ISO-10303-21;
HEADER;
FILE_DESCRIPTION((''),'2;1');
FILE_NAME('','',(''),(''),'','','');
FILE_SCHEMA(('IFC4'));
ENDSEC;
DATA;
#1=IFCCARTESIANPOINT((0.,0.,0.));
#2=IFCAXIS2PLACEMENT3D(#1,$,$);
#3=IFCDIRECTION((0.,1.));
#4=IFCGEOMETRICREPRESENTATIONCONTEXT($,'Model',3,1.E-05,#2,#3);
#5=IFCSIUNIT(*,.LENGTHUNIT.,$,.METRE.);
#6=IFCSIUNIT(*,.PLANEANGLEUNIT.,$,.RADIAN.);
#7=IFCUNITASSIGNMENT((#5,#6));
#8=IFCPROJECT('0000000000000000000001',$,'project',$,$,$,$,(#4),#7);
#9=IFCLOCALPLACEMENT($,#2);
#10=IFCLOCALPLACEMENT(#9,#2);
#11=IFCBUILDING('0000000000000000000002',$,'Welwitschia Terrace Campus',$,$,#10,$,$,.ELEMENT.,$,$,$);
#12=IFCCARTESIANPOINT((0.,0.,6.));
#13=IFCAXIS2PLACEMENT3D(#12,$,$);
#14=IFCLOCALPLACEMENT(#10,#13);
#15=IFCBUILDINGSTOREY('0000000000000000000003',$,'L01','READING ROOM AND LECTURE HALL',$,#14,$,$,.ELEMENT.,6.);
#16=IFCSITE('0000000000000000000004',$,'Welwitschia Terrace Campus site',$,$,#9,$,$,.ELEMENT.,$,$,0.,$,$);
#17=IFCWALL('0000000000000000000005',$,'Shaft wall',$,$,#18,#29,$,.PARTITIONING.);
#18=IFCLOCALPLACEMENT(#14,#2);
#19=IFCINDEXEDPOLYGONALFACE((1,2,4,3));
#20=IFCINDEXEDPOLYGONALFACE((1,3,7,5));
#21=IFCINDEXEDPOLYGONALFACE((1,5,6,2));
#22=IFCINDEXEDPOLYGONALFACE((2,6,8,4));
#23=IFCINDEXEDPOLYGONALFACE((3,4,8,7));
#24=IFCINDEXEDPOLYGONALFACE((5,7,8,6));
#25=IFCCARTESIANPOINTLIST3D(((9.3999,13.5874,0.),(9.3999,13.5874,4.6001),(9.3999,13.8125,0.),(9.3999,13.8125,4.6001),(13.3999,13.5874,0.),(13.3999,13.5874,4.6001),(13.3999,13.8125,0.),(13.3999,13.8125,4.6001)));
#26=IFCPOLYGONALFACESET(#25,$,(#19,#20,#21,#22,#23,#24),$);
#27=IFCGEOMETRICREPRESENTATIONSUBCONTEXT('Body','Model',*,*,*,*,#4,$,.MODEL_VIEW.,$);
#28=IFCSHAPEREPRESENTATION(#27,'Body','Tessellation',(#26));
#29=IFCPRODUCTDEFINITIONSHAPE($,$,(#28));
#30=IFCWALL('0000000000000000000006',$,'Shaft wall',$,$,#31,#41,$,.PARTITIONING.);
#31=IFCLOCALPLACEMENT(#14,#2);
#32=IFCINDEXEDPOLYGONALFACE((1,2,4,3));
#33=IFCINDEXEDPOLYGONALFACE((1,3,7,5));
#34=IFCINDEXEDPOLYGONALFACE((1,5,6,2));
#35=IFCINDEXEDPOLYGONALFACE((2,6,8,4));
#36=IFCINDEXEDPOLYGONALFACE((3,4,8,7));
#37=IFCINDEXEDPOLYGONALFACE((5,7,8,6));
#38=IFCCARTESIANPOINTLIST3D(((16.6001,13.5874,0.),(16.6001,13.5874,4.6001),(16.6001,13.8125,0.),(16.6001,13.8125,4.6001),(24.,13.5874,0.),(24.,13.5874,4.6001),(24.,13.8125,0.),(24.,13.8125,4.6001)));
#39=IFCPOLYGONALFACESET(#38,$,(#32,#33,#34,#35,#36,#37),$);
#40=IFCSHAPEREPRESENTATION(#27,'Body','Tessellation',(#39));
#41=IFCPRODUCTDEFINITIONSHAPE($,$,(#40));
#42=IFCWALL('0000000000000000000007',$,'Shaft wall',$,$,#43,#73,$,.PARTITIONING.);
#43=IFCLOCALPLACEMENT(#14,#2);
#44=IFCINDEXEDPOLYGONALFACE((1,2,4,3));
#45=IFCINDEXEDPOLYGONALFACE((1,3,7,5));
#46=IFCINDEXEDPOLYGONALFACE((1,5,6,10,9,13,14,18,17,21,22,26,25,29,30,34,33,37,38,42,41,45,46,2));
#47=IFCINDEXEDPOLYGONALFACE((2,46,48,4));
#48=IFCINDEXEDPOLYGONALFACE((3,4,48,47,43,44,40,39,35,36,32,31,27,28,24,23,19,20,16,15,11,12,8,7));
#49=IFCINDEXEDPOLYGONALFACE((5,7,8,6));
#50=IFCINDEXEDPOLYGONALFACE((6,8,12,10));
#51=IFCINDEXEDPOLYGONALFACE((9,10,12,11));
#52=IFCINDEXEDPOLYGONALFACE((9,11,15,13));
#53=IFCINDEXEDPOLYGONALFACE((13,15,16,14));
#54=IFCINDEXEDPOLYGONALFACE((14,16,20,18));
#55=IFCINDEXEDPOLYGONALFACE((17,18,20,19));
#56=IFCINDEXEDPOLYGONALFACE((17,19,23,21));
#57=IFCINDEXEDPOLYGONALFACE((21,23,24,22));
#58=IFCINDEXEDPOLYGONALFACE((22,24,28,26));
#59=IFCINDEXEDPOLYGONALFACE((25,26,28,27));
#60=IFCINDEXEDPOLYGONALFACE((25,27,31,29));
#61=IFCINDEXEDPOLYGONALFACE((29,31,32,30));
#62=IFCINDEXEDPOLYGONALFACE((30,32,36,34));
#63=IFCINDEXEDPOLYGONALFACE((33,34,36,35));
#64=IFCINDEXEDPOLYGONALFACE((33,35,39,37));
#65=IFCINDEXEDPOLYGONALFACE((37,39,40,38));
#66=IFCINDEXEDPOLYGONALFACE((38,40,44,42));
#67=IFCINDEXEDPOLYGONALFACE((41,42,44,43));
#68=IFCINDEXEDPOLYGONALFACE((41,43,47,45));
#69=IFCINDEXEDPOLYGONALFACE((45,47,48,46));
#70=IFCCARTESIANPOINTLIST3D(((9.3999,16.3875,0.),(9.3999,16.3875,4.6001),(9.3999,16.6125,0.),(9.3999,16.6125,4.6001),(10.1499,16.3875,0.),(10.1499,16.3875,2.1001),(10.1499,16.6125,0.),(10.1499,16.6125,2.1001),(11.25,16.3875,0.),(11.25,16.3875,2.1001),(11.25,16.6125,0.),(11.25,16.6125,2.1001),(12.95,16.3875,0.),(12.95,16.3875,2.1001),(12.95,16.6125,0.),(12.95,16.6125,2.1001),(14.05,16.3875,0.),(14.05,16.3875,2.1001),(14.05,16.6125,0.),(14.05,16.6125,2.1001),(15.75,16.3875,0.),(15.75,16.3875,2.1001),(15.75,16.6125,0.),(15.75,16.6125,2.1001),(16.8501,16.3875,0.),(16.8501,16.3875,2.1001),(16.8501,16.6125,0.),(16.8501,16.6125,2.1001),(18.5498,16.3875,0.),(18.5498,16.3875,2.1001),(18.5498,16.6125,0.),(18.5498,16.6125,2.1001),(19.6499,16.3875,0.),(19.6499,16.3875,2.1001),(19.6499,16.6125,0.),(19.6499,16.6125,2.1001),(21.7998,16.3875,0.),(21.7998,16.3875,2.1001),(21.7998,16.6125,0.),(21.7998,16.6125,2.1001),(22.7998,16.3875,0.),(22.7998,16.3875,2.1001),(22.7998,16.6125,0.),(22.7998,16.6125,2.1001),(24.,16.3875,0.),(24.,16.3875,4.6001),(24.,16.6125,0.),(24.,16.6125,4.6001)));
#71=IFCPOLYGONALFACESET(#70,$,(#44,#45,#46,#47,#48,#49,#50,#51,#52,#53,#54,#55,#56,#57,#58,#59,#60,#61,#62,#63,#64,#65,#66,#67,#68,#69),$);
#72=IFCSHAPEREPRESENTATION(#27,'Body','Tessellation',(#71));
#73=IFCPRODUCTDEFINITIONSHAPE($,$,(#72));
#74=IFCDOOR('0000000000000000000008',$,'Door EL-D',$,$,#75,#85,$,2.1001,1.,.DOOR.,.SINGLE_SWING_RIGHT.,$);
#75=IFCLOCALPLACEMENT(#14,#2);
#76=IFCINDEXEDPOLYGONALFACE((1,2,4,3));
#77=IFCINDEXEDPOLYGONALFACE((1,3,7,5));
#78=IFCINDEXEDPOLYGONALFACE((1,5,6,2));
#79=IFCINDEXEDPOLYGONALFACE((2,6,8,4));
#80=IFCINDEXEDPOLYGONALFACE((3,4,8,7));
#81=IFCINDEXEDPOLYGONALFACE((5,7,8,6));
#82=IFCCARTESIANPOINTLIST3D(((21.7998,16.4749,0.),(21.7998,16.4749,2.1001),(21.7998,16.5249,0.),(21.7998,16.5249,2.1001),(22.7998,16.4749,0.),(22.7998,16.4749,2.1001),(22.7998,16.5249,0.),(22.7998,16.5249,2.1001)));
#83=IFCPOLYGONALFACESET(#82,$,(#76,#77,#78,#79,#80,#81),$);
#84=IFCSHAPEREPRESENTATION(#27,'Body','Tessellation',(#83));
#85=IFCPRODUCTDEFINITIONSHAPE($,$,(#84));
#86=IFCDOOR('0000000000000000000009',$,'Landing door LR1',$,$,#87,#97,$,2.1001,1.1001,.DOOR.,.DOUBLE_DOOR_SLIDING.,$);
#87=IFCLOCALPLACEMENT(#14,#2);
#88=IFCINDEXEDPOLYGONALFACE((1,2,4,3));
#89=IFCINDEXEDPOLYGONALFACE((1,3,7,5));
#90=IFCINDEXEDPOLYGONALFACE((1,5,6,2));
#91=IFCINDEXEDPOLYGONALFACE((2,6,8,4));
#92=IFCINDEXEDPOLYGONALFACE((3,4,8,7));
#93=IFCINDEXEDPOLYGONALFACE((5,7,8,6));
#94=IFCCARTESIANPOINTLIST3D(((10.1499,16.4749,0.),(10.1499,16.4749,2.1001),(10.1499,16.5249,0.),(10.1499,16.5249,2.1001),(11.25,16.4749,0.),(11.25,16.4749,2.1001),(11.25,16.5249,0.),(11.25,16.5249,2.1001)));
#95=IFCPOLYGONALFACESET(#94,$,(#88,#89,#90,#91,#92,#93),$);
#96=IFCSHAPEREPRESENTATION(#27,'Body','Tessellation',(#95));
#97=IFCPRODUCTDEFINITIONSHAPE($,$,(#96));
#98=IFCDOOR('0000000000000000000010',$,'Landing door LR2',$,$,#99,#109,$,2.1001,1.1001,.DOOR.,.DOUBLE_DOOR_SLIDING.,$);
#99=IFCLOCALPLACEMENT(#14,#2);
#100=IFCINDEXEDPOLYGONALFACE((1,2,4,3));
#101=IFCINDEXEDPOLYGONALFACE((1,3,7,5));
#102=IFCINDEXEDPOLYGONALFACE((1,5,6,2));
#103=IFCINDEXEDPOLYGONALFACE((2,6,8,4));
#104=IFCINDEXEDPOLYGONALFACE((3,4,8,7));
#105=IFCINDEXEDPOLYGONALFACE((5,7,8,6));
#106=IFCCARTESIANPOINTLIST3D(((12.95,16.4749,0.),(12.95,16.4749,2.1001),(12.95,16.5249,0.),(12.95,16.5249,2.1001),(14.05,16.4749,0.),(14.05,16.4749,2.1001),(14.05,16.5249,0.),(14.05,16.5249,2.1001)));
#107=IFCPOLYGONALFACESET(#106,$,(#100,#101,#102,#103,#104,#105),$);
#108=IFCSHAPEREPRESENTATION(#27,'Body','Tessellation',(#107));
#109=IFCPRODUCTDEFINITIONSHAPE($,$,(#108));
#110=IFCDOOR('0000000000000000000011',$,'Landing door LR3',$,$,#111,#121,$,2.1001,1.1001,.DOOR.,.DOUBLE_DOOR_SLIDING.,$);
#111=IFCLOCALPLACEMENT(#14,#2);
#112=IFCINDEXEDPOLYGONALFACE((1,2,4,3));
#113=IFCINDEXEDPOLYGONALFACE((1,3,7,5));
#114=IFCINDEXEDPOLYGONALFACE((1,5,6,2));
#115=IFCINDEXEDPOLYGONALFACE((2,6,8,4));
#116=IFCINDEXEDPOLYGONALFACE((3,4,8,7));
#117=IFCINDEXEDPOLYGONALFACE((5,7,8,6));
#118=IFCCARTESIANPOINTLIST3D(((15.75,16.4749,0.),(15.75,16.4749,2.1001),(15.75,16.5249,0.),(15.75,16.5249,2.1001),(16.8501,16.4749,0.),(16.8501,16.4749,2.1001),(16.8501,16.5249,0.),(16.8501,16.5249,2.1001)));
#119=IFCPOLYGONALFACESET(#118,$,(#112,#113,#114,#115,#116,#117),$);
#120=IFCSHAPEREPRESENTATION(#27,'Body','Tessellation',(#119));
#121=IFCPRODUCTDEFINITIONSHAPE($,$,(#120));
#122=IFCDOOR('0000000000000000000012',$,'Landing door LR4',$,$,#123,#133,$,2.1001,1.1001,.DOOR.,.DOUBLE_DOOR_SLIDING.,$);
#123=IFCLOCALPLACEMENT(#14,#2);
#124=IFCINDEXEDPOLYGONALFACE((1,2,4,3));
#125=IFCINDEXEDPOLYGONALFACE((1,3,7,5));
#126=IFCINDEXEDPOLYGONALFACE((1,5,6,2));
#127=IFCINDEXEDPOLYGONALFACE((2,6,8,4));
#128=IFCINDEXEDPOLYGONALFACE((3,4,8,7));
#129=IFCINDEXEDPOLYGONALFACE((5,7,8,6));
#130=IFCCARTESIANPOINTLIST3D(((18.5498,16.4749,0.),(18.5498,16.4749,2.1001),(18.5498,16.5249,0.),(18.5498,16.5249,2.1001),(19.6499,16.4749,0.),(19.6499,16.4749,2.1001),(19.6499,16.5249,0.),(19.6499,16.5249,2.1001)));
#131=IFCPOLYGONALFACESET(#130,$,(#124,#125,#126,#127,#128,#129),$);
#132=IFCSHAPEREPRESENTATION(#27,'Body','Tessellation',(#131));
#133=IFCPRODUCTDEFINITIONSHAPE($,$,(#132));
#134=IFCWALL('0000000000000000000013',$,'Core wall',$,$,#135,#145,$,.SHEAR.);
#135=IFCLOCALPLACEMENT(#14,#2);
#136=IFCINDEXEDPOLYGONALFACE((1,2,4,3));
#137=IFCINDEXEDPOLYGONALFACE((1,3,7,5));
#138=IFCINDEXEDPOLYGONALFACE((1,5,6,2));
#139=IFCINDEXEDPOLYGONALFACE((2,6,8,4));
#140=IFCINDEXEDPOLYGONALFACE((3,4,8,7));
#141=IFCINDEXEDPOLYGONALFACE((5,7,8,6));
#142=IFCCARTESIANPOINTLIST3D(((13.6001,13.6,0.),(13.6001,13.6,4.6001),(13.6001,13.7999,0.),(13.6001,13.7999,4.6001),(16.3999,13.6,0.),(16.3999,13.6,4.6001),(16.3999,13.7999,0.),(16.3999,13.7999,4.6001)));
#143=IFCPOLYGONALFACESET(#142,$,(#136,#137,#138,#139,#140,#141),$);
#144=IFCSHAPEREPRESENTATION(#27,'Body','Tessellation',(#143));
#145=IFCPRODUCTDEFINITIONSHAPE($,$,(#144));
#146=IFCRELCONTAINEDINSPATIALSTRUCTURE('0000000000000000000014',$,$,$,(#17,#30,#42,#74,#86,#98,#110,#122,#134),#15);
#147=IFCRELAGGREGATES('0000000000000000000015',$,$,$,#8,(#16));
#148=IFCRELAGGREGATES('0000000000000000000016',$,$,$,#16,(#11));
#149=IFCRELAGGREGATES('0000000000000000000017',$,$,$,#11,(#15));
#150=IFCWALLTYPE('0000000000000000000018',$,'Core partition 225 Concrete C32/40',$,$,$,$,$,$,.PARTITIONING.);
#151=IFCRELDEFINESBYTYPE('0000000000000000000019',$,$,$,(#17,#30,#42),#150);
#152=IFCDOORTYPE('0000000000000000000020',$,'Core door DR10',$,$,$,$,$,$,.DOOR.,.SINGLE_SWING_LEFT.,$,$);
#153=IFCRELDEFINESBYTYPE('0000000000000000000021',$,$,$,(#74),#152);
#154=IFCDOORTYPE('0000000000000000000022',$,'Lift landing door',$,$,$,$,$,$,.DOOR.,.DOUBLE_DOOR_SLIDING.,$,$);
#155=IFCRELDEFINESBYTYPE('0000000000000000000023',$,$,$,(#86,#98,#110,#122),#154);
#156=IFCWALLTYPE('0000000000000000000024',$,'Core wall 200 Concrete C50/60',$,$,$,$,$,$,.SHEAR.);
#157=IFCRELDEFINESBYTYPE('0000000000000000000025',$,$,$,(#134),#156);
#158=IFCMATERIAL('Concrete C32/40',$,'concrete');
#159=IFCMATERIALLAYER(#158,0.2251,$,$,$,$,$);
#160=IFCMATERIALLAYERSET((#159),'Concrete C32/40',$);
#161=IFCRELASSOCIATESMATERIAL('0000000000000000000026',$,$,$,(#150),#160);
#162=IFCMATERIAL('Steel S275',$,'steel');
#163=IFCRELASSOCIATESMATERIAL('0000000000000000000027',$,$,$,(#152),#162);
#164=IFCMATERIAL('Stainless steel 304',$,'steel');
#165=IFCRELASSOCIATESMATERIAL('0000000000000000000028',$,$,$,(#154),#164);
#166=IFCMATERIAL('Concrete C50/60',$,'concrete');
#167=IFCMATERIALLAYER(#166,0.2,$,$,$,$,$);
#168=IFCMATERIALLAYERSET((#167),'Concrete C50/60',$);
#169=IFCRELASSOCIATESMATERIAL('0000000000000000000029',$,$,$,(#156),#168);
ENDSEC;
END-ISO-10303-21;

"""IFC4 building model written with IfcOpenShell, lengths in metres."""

from ifc_helpers import new_model, si_unit, direction, frame, frame_2d, origin, place, context, subcontext, project, spatial, rectangle, extrude, material, layer, layer_set, type_object, element, fill, save


model = new_model("IFC4")

# Units and contexts
model_context = context("Model", 3, precision=1e-05, world=origin(), true_north=direction((0.0, 1.0)))
body_context = subcontext(model_context, "Body", "Model", "MODEL_VIEW")
ifc_project = project(units=[si_unit("LENGTHUNIT", "METRE"), si_unit("PLANEANGLEUNIT", "RADIAN")], contexts=[model_context])

# Site, building, storey
site_placement = place(None, origin())
site = spatial("IfcSite", under=ifc_project, at=site_placement, Name="Welwitschia Terrace Campus site", CompositionType="ELEMENT", RefElevation=0.0)
building_placement = place(site_placement, origin())
building = spatial("IfcBuilding", under=site, at=building_placement, Name="Welwitschia Terrace Campus", CompositionType="ELEMENT")
storey_placement = place(building_placement, frame((0.0, 0.0, 6.0)))
storey = spatial("IfcBuildingStorey", under=building, at=storey_placement, Name="L01", Description="READING ROOM AND LECTURE HALL", CompositionType="ELEMENT", Elevation=6.0)

# Walls
ifc_material_1 = material(Name="Concrete C32/40", Category="concrete")
ifc_layer_1 = layer(ifc_material_1, 0.2251)
ifc_layer_set_1 = layer_set([ifc_layer_1], Name="Concrete C32/40")
wall_type_1 = type_object("IfcWallType", Name="Core partition 225 Concrete C32/40", PredefinedType="PARTITIONING", material=ifc_layer_set_1)
wall_1_placement = place(storey_placement, frame((9.3999, 13.7, 0.0), z_axis=(0.0, 0.0, 1.0), x_axis=(1.0, 0.0, 0.0)))
element("IfcWall", 1, at=wall_1_placement, inside=storey, type_object=wall_type_1, Name="Shaft wall", PredefinedType="PARTITIONING", context=body_context, shape_type="SweptSolid", body=[
    extrude(rectangle(XDim=4.0, YDim=0.2251, at=frame_2d((2.0, 0.0))), origin(), (0.0, 0.0, 1.0), 4.6001),
])
wall_2_placement = place(storey_placement, frame((16.6001, 13.7, 0.0), z_axis=(0.0, 0.0, 1.0), x_axis=(1.0, 0.0, 0.0)))
element("IfcWall", 2, at=wall_2_placement, inside=storey, type_object=wall_type_1, Name="Shaft wall", PredefinedType="PARTITIONING", context=body_context, shape_type="SweptSolid", body=[
    extrude(rectangle(XDim=7.3999, YDim=0.2251, at=frame_2d((3.7, 0.0))), origin(), (0.0, 0.0, 1.0), 4.6001),
])

# Wall, openings, doors
wall_3_placement = place(storey_placement, frame((9.3999, 16.5, 0.0), z_axis=(0.0, 0.0, 1.0), x_axis=(1.0, 0.0, 0.0)))
wall_3 = element("IfcWall", 3, at=wall_3_placement, inside=storey, type_object=wall_type_1, Name="Shaft wall", PredefinedType="PARTITIONING", context=body_context, shape_type="SweptSolid", body=[
    extrude(rectangle(XDim=14.6001, YDim=0.2251, at=frame_2d((7.3, 0.0))), origin(), (0.0, 0.0, 1.0), 4.6001),
])
opening_1_placement = place(wall_3_placement, frame((0.75, 0.0, 0.0)))
opening_1 = element("IfcOpeningElement", 4, at=opening_1_placement, cuts=wall_3, PredefinedType="OPENING", context=body_context, shape_type="SweptSolid", body=[
    extrude(rectangle(XDim=1.1001, YDim=2.1001, at=frame_2d((0.55, 1.05))), frame((0.0, 0.1226, 0.0), z_axis=(0.0, -1.0, 0.0), x_axis=(1.0, 0.0, 0.0)), (0.0, 0.0, 1.0), 0.2451),
])
opening_2_placement = place(wall_3_placement, frame((3.55, 0.0, 0.0)))
opening_2 = element("IfcOpeningElement", 5, at=opening_2_placement, cuts=wall_3, PredefinedType="OPENING", context=body_context, shape_type="SweptSolid", body=[
    extrude(rectangle(XDim=1.1001, YDim=2.1001, at=frame_2d((0.55, 1.05))), frame((0.0, 0.1226, 0.0), z_axis=(0.0, -1.0, 0.0), x_axis=(1.0, 0.0, 0.0)), (0.0, 0.0, 1.0), 0.2451),
])
opening_3_placement = place(wall_3_placement, frame((6.3501, 0.0, 0.0)))
opening_3 = element("IfcOpeningElement", 6, at=opening_3_placement, cuts=wall_3, PredefinedType="OPENING", context=body_context, shape_type="SweptSolid", body=[
    extrude(rectangle(XDim=1.1001, YDim=2.1001, at=frame_2d((0.55, 1.05))), frame((0.0, 0.1226, 0.0), z_axis=(0.0, -1.0, 0.0), x_axis=(1.0, 0.0, 0.0)), (0.0, 0.0, 1.0), 0.2451),
])
opening_4_placement = place(wall_3_placement, frame((9.1499, 0.0, 0.0)))
opening_4 = element("IfcOpeningElement", 7, at=opening_4_placement, cuts=wall_3, PredefinedType="OPENING", context=body_context, shape_type="SweptSolid", body=[
    extrude(rectangle(XDim=1.1001, YDim=2.1001, at=frame_2d((0.55, 1.05))), frame((0.0, 0.1226, 0.0), z_axis=(0.0, -1.0, 0.0), x_axis=(1.0, 0.0, 0.0)), (0.0, 0.0, 1.0), 0.2451),
])
opening_5_placement = place(wall_3_placement, frame((12.3999, 0.0, 0.0)))
opening_5 = element("IfcOpeningElement", 8, at=opening_5_placement, cuts=wall_3, PredefinedType="OPENING", context=body_context, shape_type="SweptSolid", body=[
    extrude(rectangle(XDim=1.0, YDim=2.1001, at=frame_2d((0.5, 1.05))), frame((0.0, 0.1226, 0.0), z_axis=(0.0, -1.0, 0.0), x_axis=(1.0, 0.0, 0.0)), (0.0, 0.0, 1.0), 0.2451),
])
ifc_material_2 = material(Name="Steel S275", Category="steel")
door_type_1 = type_object("IfcDoorType", Name="Core door DR10", OperationType="SINGLE_SWING_LEFT", PredefinedType="DOOR", material=ifc_material_2)
door_1_placement = place(opening_5_placement, origin())
door_1 = element("IfcDoor", 9, at=door_1_placement, inside=storey, type_object=door_type_1, Name="Door EL-D", OperationType="SINGLE_SWING_RIGHT", OverallHeight=2.1001, OverallWidth=1.0, PredefinedType="DOOR", context=body_context, shape_type="SweptSolid", body=[
    extrude(rectangle(XDim=1.0, YDim=2.1001, at=frame_2d((0.5, 1.05))), frame((0.0, 0.0249, 0.0), z_axis=(0.0, -1.0, 0.0), x_axis=(1.0, 0.0, 0.0)), (0.0, 0.0, 1.0), 0.05),
])
fill(opening_5, door_1)
ifc_material_3 = material(Name="Stainless steel 304", Category="steel")
door_type_2 = type_object("IfcDoorType", Name="Lift landing door", OperationType="DOUBLE_DOOR_SLIDING", PredefinedType="DOOR", material=ifc_material_3)
door_2_placement = place(opening_1_placement, origin())
door_2 = element("IfcDoor", 10, at=door_2_placement, inside=storey, type_object=door_type_2, Name="Landing door LR1", OperationType="DOUBLE_DOOR_SLIDING", OverallHeight=2.1001, OverallWidth=1.1001, PredefinedType="DOOR", context=body_context, shape_type="SweptSolid", body=[
    extrude(rectangle(XDim=1.1001, YDim=2.1001, at=frame_2d((0.55, 1.05))), frame((0.0, 0.0249, 0.0), z_axis=(0.0, -1.0, 0.0), x_axis=(1.0, 0.0, 0.0)), (0.0, 0.0, 1.0), 0.05),
])
fill(opening_1, door_2)
door_3_placement = place(opening_2_placement, origin())
door_3 = element("IfcDoor", 11, at=door_3_placement, inside=storey, type_object=door_type_2, Name="Landing door LR2", OperationType="DOUBLE_DOOR_SLIDING", OverallHeight=2.1001, OverallWidth=1.1001, PredefinedType="DOOR", context=body_context, shape_type="SweptSolid", body=[
    extrude(rectangle(XDim=1.1001, YDim=2.1001, at=frame_2d((0.55, 1.05))), frame((0.0, 0.0249, 0.0), z_axis=(0.0, -1.0, 0.0), x_axis=(1.0, 0.0, 0.0)), (0.0, 0.0, 1.0), 0.05),
])
fill(opening_2, door_3)
door_4_placement = place(opening_3_placement, origin())
door_4 = element("IfcDoor", 12, at=door_4_placement, inside=storey, type_object=door_type_2, Name="Landing door LR3", OperationType="DOUBLE_DOOR_SLIDING", OverallHeight=2.1001, OverallWidth=1.1001, PredefinedType="DOOR", context=body_context, shape_type="SweptSolid", body=[
    extrude(rectangle(XDim=1.1001, YDim=2.1001, at=frame_2d((0.55, 1.05))), frame((0.0, 0.0249, 0.0), z_axis=(0.0, -1.0, 0.0), x_axis=(1.0, 0.0, 0.0)), (0.0, 0.0, 1.0), 0.05),
])
fill(opening_3, door_4)
door_5_placement = place(opening_4_placement, origin())
door_5 = element("IfcDoor", 13, at=door_5_placement, inside=storey, type_object=door_type_2, Name="Landing door LR4", OperationType="DOUBLE_DOOR_SLIDING", OverallHeight=2.1001, OverallWidth=1.1001, PredefinedType="DOOR", context=body_context, shape_type="SweptSolid", body=[
    extrude(rectangle(XDim=1.1001, YDim=2.1001, at=frame_2d((0.55, 1.05))), frame((0.0, 0.0249, 0.0), z_axis=(0.0, -1.0, 0.0), x_axis=(1.0, 0.0, 0.0)), (0.0, 0.0, 1.0), 0.05),
])
fill(opening_4, door_5)

# Wall
ifc_material_4 = material(Name="Concrete C50/60", Category="concrete")
ifc_layer_2 = layer(ifc_material_4, 0.2)
ifc_layer_set_2 = layer_set([ifc_layer_2], Name="Concrete C50/60")
wall_type_2 = type_object("IfcWallType", Name="Core wall 200 Concrete C50/60", PredefinedType="SHEAR", material=ifc_layer_set_2)
wall_4_placement = place(storey_placement, frame((13.6001, 13.7, 0.0), z_axis=(0.0, 0.0, 1.0), x_axis=(1.0, 0.0, 0.0)))
element("IfcWall", 14, at=wall_4_placement, inside=storey, type_object=wall_type_2, Name="Core wall", PredefinedType="SHEAR", context=body_context, shape_type="SweptSolid", body=[
    extrude(rectangle(XDim=2.7998, YDim=0.2, at=frame_2d((1.3999, 0.0))), origin(), (0.0, 0.0, 1.0), 4.6001),
])

save(model, "model.ifc")
